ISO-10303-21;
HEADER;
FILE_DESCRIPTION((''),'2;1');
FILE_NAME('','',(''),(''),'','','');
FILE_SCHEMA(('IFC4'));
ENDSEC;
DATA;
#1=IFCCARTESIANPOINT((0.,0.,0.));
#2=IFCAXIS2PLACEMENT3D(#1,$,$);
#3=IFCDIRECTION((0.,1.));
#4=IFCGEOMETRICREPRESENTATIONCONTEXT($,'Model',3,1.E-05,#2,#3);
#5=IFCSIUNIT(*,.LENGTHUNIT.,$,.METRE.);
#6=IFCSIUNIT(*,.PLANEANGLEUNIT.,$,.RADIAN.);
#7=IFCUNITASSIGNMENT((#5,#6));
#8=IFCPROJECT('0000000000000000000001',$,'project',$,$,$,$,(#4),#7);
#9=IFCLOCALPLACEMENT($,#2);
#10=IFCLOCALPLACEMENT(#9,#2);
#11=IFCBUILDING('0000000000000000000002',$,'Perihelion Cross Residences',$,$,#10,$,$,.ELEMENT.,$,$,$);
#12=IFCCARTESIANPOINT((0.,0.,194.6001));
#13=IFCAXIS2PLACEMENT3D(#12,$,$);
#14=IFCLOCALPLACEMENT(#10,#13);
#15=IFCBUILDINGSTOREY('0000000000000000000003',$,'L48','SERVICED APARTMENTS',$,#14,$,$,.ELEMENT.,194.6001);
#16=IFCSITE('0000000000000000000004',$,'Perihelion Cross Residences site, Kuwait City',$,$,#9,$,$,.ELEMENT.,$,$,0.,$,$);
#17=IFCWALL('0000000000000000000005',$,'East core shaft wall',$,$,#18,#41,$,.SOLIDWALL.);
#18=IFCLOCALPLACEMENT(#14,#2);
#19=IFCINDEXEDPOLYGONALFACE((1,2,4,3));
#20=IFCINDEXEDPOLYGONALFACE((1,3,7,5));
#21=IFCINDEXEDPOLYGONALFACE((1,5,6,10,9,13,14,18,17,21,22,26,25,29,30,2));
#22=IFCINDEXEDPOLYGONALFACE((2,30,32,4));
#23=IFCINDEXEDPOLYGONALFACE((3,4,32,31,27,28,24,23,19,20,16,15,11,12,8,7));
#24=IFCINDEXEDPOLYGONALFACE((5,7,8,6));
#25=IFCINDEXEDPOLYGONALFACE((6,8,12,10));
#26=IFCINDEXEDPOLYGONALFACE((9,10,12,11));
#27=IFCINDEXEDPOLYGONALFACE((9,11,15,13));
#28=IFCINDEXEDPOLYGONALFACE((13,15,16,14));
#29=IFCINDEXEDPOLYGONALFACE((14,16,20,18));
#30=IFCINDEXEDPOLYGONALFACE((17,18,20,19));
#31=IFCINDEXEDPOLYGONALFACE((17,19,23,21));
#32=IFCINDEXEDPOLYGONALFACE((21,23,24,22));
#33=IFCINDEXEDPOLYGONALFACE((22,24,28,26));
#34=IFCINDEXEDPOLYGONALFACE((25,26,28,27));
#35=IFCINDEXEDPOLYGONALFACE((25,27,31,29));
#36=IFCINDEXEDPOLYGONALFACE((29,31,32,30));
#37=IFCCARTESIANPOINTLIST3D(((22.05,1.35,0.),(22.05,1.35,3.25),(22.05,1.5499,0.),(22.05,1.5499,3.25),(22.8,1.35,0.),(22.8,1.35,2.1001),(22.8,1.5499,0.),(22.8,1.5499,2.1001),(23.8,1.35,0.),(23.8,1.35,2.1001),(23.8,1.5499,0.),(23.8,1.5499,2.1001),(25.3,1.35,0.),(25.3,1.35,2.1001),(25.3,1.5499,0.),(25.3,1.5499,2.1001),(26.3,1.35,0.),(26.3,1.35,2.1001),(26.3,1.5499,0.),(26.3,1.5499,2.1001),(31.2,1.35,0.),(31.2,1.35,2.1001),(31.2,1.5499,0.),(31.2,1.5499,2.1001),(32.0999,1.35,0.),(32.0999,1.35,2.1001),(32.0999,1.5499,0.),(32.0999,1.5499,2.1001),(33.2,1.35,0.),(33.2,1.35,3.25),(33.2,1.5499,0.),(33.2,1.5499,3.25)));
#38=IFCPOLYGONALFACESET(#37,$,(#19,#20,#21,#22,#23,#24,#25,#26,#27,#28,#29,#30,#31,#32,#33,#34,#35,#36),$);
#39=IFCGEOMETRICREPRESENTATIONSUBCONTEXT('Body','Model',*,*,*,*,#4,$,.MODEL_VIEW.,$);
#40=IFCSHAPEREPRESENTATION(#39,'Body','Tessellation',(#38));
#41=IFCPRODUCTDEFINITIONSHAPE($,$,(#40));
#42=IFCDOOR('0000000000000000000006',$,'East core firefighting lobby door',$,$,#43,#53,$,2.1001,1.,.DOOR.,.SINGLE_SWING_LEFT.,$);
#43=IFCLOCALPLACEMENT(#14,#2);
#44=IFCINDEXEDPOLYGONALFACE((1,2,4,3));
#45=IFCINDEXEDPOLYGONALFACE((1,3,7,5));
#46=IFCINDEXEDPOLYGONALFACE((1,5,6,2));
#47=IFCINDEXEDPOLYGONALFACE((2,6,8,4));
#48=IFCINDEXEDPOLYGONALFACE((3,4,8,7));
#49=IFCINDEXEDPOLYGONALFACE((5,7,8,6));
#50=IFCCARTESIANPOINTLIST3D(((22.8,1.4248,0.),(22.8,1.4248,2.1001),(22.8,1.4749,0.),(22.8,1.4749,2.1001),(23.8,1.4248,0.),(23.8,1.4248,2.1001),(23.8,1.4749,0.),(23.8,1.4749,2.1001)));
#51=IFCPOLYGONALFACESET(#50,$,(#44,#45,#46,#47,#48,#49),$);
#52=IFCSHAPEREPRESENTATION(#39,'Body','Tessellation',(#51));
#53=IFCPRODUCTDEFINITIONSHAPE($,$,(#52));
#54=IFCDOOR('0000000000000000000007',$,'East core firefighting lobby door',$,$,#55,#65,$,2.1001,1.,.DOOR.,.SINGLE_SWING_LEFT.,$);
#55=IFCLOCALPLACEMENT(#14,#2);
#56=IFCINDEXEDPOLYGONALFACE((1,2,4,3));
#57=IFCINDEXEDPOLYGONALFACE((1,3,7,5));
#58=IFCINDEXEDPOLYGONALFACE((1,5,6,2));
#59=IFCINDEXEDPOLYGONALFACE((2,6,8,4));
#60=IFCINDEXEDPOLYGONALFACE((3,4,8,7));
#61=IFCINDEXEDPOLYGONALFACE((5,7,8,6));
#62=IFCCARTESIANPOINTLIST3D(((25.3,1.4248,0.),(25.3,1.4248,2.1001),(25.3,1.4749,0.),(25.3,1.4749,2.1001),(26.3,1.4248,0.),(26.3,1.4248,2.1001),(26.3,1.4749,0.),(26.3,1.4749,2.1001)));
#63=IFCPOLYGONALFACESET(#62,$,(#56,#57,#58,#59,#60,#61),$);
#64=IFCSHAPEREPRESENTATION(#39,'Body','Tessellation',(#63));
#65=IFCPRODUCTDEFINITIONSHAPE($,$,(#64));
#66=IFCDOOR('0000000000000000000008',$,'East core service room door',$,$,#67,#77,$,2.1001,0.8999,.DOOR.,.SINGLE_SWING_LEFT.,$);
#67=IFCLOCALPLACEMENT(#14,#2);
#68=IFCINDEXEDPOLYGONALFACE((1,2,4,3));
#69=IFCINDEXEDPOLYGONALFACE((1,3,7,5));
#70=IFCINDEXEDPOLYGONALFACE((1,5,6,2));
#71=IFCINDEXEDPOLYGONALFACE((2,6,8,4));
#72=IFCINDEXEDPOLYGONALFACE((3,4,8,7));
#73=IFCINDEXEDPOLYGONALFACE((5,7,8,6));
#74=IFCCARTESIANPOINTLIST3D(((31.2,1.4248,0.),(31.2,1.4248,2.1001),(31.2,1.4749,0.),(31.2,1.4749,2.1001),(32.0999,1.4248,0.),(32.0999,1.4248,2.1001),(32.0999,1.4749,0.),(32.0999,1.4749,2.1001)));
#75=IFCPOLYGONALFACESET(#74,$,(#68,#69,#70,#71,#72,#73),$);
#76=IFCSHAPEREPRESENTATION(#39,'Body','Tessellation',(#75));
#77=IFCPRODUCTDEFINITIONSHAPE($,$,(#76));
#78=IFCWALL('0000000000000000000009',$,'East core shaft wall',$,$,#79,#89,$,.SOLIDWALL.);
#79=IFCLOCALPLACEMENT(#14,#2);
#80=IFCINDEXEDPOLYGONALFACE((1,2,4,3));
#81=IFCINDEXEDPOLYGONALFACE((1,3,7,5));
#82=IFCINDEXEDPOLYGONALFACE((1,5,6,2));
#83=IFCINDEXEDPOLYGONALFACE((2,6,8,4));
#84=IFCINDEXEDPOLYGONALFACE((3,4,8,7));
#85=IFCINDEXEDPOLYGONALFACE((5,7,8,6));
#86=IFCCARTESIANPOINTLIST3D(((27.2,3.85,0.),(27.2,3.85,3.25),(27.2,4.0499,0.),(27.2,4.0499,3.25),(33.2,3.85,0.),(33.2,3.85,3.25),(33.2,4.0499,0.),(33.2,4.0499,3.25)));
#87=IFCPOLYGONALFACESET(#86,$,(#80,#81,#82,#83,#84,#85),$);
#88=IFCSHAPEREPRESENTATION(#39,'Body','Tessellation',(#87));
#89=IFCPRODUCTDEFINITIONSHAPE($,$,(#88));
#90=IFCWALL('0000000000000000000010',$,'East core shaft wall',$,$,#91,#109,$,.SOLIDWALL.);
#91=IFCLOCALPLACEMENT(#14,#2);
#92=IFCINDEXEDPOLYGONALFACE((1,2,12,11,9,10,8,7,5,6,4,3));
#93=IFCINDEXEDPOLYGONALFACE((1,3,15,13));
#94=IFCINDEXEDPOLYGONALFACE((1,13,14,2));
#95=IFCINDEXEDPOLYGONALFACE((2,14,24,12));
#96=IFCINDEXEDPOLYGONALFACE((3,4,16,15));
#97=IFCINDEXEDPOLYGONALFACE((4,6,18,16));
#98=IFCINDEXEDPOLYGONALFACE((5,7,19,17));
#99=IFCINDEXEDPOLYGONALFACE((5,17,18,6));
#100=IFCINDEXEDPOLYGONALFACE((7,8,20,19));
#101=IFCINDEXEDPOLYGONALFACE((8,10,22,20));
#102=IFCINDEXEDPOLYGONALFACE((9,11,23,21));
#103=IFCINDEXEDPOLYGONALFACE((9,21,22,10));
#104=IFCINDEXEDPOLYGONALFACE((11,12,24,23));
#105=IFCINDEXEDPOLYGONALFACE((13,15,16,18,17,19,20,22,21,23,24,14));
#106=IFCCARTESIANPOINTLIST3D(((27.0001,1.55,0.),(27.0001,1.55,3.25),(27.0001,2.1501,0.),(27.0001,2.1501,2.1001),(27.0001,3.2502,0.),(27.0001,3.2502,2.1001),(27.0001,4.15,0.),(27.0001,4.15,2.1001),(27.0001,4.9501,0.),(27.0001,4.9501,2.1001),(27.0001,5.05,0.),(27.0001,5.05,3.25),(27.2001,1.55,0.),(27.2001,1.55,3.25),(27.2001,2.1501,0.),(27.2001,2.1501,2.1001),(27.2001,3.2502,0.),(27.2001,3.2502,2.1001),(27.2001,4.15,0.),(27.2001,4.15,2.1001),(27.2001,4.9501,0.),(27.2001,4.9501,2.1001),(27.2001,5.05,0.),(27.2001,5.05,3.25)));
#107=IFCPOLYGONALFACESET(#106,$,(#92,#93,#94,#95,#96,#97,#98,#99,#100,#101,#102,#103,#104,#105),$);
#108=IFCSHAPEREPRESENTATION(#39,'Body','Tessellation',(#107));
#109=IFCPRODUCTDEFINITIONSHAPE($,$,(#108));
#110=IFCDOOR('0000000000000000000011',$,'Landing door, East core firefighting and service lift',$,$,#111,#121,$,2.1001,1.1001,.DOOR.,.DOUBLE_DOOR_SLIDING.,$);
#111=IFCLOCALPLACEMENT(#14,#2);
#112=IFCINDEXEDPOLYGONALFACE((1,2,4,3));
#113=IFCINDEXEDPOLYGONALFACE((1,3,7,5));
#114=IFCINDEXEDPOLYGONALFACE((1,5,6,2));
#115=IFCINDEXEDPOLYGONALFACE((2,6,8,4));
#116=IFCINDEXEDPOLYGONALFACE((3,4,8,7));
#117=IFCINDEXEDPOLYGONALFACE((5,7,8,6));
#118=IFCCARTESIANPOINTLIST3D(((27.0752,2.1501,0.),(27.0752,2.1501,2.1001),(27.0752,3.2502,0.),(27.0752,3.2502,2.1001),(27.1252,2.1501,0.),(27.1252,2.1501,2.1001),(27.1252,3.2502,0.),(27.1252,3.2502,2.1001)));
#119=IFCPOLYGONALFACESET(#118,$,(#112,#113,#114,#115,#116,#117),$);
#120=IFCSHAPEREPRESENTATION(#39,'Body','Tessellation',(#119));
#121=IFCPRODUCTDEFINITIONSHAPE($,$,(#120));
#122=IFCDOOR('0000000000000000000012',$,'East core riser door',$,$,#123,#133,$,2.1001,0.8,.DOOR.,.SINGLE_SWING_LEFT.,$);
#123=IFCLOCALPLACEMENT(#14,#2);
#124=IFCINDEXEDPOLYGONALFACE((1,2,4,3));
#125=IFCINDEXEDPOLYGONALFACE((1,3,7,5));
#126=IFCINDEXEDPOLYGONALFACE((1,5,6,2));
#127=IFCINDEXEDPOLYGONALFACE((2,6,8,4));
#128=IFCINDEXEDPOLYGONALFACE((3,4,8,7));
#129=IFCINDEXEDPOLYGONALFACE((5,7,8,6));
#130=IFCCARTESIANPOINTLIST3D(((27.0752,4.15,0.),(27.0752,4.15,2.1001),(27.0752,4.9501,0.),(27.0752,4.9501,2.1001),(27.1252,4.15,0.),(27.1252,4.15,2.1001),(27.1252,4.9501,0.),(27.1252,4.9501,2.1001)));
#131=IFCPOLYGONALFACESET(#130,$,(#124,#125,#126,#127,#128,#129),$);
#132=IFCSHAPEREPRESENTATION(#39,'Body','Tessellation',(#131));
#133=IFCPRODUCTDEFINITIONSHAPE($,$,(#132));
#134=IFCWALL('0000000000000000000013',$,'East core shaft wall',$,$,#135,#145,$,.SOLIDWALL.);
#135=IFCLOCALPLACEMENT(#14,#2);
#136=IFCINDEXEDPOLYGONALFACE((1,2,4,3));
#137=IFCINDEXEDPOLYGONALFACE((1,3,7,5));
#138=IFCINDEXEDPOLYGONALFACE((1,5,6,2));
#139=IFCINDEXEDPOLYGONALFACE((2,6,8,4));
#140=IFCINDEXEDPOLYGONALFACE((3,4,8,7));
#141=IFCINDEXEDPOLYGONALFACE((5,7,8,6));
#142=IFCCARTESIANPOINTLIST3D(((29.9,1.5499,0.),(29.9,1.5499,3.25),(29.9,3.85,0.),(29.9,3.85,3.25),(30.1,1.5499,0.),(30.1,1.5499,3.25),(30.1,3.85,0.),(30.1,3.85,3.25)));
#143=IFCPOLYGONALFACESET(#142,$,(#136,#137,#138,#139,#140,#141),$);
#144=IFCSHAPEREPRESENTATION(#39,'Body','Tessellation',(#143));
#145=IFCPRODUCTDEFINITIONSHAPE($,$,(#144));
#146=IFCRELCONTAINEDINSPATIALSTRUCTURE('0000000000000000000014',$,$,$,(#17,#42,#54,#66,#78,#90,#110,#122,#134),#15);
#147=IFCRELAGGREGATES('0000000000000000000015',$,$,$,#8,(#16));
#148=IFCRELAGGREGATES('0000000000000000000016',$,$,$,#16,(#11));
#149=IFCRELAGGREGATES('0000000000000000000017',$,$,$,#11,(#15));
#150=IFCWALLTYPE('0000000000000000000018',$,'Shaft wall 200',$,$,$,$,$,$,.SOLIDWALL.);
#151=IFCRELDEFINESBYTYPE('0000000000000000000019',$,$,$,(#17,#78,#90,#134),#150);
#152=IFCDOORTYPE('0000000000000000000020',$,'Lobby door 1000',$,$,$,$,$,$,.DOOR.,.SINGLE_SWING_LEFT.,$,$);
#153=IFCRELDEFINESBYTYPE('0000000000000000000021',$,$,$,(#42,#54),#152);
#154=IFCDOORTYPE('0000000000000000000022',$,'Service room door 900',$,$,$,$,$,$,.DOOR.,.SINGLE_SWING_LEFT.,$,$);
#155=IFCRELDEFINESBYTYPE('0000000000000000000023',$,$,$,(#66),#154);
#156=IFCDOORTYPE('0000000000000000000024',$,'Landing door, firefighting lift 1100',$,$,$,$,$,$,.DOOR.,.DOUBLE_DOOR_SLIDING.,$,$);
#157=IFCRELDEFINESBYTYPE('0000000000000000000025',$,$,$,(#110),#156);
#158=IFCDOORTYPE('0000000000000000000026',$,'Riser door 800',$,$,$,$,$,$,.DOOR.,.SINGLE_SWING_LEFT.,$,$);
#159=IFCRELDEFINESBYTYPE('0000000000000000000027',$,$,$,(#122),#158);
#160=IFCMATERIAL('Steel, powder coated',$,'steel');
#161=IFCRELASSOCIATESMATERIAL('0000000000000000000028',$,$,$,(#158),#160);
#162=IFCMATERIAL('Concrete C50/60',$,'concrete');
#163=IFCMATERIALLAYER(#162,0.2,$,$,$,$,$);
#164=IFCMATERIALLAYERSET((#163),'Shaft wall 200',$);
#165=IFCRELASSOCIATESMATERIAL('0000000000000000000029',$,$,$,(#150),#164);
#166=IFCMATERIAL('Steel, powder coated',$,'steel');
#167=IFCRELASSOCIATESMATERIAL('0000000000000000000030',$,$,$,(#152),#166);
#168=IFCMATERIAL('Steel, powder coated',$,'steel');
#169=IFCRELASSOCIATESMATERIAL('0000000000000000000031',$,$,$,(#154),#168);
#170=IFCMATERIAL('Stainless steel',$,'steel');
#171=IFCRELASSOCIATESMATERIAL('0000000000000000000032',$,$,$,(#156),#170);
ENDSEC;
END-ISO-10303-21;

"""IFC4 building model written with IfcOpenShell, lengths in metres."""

from ifc_helpers import new_model, si_unit, direction, frame, frame_2d, origin, place, context, subcontext, project, spatial, rectangle, extrude, material, layer, layer_set, type_object, element, fill, save


model = new_model("IFC4")

# Units and contexts
model_context = context("Model", 3, precision=1e-05, world=origin(), true_north=direction((0.0, 1.0)))
body_context = subcontext(model_context, "Body", "Model", "MODEL_VIEW")
ifc_project = project(units=[si_unit("LENGTHUNIT", "METRE"), si_unit("PLANEANGLEUNIT", "RADIAN")], contexts=[model_context])

# Site, building, storey
site_placement = place(None, origin())
site = spatial("IfcSite", under=ifc_project, at=site_placement, Name="Perihelion Cross Residences site, Kuwait City", CompositionType="ELEMENT", RefElevation=0.0)
building_placement = place(site_placement, origin())
building = spatial("IfcBuilding", under=site, at=building_placement, Name="Perihelion Cross Residences", CompositionType="ELEMENT")
storey_placement = place(building_placement, frame((0.0, 0.0, 194.6001)))
storey = spatial("IfcBuildingStorey", under=building, at=storey_placement, Name="L48", Description="SERVICED APARTMENTS", CompositionType="ELEMENT", Elevation=194.6001)

# Shared definitions
ifc_material_1 = material(Name="Steel, powder coated", Category="steel")
door_type_1 = type_object("IfcDoorType", Name="Riser door 800", OperationType="SINGLE_SWING_LEFT", PredefinedType="DOOR", material=ifc_material_1)

# Wall, openings, doors
ifc_material_2 = material(Name="Concrete C50/60", Category="concrete")
ifc_layer_1 = layer(ifc_material_2, 0.2)
ifc_layer_set_1 = layer_set([ifc_layer_1], Name="Shaft wall 200")
wall_type_1 = type_object("IfcWallType", Name="Shaft wall 200", PredefinedType="SOLIDWALL", material=ifc_layer_set_1)
wall_1_placement = place(storey_placement, frame((22.05, 1.45, 0.0), z_axis=(0.0, 0.0, 1.0), x_axis=(1.0, 0.0, 0.0)))
wall_1 = element("IfcWall", 1, at=wall_1_placement, inside=storey, type_object=wall_type_1, Name="East core shaft wall", PredefinedType="SOLIDWALL", context=body_context, shape_type="SweptSolid", body=[
    extrude(rectangle(XDim=11.1499, YDim=0.2, at=frame_2d((5.575, 0.0))), origin(), (0.0, 0.0, 1.0), 3.25),
])
opening_1_placement = place(wall_1_placement, frame((0.75, 0.0, 0.0)))
opening_1 = element("IfcOpeningElement", 2, at=opening_1_placement, cuts=wall_1, PredefinedType="OPENING", context=body_context, shape_type="SweptSolid", body=[
    extrude(rectangle(XDim=1.0, YDim=2.1001, at=frame_2d((0.5, 1.05))), frame((0.0, 0.1099, 0.0), z_axis=(0.0, -1.0, 0.0), x_axis=(1.0, 0.0, 0.0)), (0.0, 0.0, 1.0), 0.22),
])
opening_2_placement = place(wall_1_placement, frame((3.25, 0.0, 0.0)))
opening_2 = element("IfcOpeningElement", 3, at=opening_2_placement, cuts=wall_1, PredefinedType="OPENING", context=body_context, shape_type="SweptSolid", body=[
    extrude(rectangle(XDim=1.0, YDim=2.1001, at=frame_2d((0.5, 1.05))), frame((0.0, 0.1099, 0.0), z_axis=(0.0, -1.0, 0.0), x_axis=(1.0, 0.0, 0.0)), (0.0, 0.0, 1.0), 0.22),
])
opening_3_placement = place(wall_1_placement, frame((9.1499, 0.0, 0.0)))
opening_3 = element("IfcOpeningElement", 4, at=opening_3_placement, cuts=wall_1, PredefinedType="OPENING", context=body_context, shape_type="SweptSolid", body=[
    extrude(rectangle(XDim=0.8999, YDim=2.1001, at=frame_2d((0.45, 1.05))), frame((0.0, 0.1099, 0.0), z_axis=(0.0, -1.0, 0.0), x_axis=(1.0, 0.0, 0.0)), (0.0, 0.0, 1.0), 0.22),
])
ifc_material_3 = material(Name="Steel, powder coated", Category="steel")
door_type_2 = type_object("IfcDoorType", Name="Lobby door 1000", OperationType="SINGLE_SWING_LEFT", PredefinedType="DOOR", material=ifc_material_3)
door_1_placement = place(opening_1_placement, origin())
door_1 = element("IfcDoor", 5, at=door_1_placement, inside=storey, type_object=door_type_2, Name="East core firefighting lobby door", OperationType="SINGLE_SWING_LEFT", OverallHeight=2.1001, OverallWidth=1.0, PredefinedType="DOOR", context=body_context, shape_type="SweptSolid", body=[
    extrude(rectangle(XDim=1.0, YDim=2.1001, at=frame_2d((0.5, 1.05))), frame((0.0, 0.0249, 0.0), z_axis=(0.0, -1.0, 0.0), x_axis=(1.0, 0.0, 0.0)), (0.0, 0.0, 1.0), 0.05),
])
fill(opening_1, door_1)
door_2_placement = place(opening_2_placement, origin())
door_2 = element("IfcDoor", 6, at=door_2_placement, inside=storey, type_object=door_type_2, Name="East core firefighting lobby door", OperationType="SINGLE_SWING_LEFT", OverallHeight=2.1001, OverallWidth=1.0, PredefinedType="DOOR", context=body_context, shape_type="SweptSolid", body=[
    extrude(rectangle(XDim=1.0, YDim=2.1001, at=frame_2d((0.5, 1.05))), frame((0.0, 0.0249, 0.0), z_axis=(0.0, -1.0, 0.0), x_axis=(1.0, 0.0, 0.0)), (0.0, 0.0, 1.0), 0.05),
])
fill(opening_2, door_2)
ifc_material_4 = material(Name="Steel, powder coated", Category="steel")
door_type_3 = type_object("IfcDoorType", Name="Service room door 900", OperationType="SINGLE_SWING_LEFT", PredefinedType="DOOR", material=ifc_material_4)
door_3_placement = place(opening_3_placement, origin())
door_3 = element("IfcDoor", 7, at=door_3_placement, inside=storey, type_object=door_type_3, Name="East core service room door", OperationType="SINGLE_SWING_LEFT", OverallHeight=2.1001, OverallWidth=0.8999, PredefinedType="DOOR", context=body_context, shape_type="SweptSolid", body=[
    extrude(rectangle(XDim=0.8999, YDim=2.1001, at=frame_2d((0.45, 1.05))), frame((0.0, 0.0249, 0.0), z_axis=(0.0, -1.0, 0.0), x_axis=(1.0, 0.0, 0.0)), (0.0, 0.0, 1.0), 0.05),
])
fill(opening_3, door_3)

# Wall
wall_2_placement = place(storey_placement, frame((27.2, 3.95, 0.0), z_axis=(0.0, 0.0, 1.0), x_axis=(1.0, 0.0, 0.0)))
element("IfcWall", 8, at=wall_2_placement, inside=storey, type_object=wall_type_1, Name="East core shaft wall", PredefinedType="SOLIDWALL", context=body_context, shape_type="SweptSolid", body=[
    extrude(rectangle(XDim=6.0, YDim=0.2, at=frame_2d((3.0, 0.0))), origin(), (0.0, 0.0, 1.0), 3.25),
])

# Wall, openings, doors
wall_3_placement = place(storey_placement, frame((27.1001, 1.55, 0.0), z_axis=(0.0, 0.0, 1.0), x_axis=(0.0, 1.0, 0.0)))
wall_3 = element("IfcWall", 9, at=wall_3_placement, inside=storey, type_object=wall_type_1, Name="East core shaft wall", PredefinedType="SOLIDWALL", context=body_context, shape_type="SweptSolid", body=[
    extrude(rectangle(XDim=3.5, YDim=0.2, at=frame_2d((1.75, 0.0))), origin(), (0.0, 0.0, 1.0), 3.25),
])
opening_4_placement = place(wall_3_placement, frame((0.6001, 0.0, 0.0)))
opening_4 = element("IfcOpeningElement", 10, at=opening_4_placement, cuts=wall_3, PredefinedType="OPENING", context=body_context, shape_type="SweptSolid", body=[
    extrude(rectangle(XDim=1.1001, YDim=2.1001, at=frame_2d((0.55, 1.05))), frame((0.0, 0.1099, 0.0), z_axis=(0.0, -1.0, 0.0), x_axis=(1.0, 0.0, 0.0)), (0.0, 0.0, 1.0), 0.22),
])
opening_5_placement = place(wall_3_placement, frame((2.6001, 0.0, 0.0)))
opening_5 = element("IfcOpeningElement", 11, at=opening_5_placement, cuts=wall_3, PredefinedType="OPENING", context=body_context, shape_type="SweptSolid", body=[
    extrude(rectangle(XDim=0.8, YDim=2.1001, at=frame_2d((0.3999, 1.05))), frame((0.0, 0.1099, 0.0), z_axis=(0.0, -1.0, 0.0), x_axis=(1.0, 0.0, 0.0)), (0.0, 0.0, 1.0), 0.22),
])
ifc_material_5 = material(Name="Stainless steel", Category="steel")
door_type_4 = type_object("IfcDoorType", Name="Landing door, firefighting lift 1100", OperationType="DOUBLE_DOOR_SLIDING", PredefinedType="DOOR", material=ifc_material_5)
door_4_placement = place(opening_4_placement, origin())
door_4 = element("IfcDoor", 12, at=door_4_placement, inside=storey, type_object=door_type_4, Name="Landing door, East core firefighting and service lift", OperationType="DOUBLE_DOOR_SLIDING", OverallHeight=2.1001, OverallWidth=1.1001, PredefinedType="DOOR", context=body_context, shape_type="SweptSolid", body=[
    extrude(rectangle(XDim=1.1001, YDim=2.1001, at=frame_2d((0.55, 1.05))), frame((0.0, 0.0249, 0.0), z_axis=(0.0, -1.0, 0.0), x_axis=(1.0, 0.0, 0.0)), (0.0, 0.0, 1.0), 0.05),
])
fill(opening_4, door_4)
door_5_placement = place(opening_5_placement, origin())
door_5 = element("IfcDoor", 13, at=door_5_placement, inside=storey, type_object=door_type_1, Name="East core riser door", OperationType="SINGLE_SWING_LEFT", OverallHeight=2.1001, OverallWidth=0.8, PredefinedType="DOOR", context=body_context, shape_type="SweptSolid", body=[
    extrude(rectangle(XDim=0.8, YDim=2.1001, at=frame_2d((0.3999, 1.05))), frame((0.0, 0.0249, 0.0), z_axis=(0.0, -1.0, 0.0), x_axis=(1.0, 0.0, 0.0)), (0.0, 0.0, 1.0), 0.05),
])
fill(opening_5, door_5)

# Wall
wall_4_placement = place(storey_placement, frame((30.0, 1.55, 0.0), z_axis=(0.0, 0.0, 1.0), x_axis=(0.0, 1.0, 0.0)))
element("IfcWall", 14, at=wall_4_placement, inside=storey, type_object=wall_type_1, Name="East core shaft wall", PredefinedType="SOLIDWALL", context=body_context, shape_type="SweptSolid", body=[
    extrude(rectangle(XDim=2.3, YDim=0.2, at=frame_2d((1.1499, 0.0))), origin(), (0.0, 0.0, 1.0), 3.25),
])

save(model, "model.ifc")
